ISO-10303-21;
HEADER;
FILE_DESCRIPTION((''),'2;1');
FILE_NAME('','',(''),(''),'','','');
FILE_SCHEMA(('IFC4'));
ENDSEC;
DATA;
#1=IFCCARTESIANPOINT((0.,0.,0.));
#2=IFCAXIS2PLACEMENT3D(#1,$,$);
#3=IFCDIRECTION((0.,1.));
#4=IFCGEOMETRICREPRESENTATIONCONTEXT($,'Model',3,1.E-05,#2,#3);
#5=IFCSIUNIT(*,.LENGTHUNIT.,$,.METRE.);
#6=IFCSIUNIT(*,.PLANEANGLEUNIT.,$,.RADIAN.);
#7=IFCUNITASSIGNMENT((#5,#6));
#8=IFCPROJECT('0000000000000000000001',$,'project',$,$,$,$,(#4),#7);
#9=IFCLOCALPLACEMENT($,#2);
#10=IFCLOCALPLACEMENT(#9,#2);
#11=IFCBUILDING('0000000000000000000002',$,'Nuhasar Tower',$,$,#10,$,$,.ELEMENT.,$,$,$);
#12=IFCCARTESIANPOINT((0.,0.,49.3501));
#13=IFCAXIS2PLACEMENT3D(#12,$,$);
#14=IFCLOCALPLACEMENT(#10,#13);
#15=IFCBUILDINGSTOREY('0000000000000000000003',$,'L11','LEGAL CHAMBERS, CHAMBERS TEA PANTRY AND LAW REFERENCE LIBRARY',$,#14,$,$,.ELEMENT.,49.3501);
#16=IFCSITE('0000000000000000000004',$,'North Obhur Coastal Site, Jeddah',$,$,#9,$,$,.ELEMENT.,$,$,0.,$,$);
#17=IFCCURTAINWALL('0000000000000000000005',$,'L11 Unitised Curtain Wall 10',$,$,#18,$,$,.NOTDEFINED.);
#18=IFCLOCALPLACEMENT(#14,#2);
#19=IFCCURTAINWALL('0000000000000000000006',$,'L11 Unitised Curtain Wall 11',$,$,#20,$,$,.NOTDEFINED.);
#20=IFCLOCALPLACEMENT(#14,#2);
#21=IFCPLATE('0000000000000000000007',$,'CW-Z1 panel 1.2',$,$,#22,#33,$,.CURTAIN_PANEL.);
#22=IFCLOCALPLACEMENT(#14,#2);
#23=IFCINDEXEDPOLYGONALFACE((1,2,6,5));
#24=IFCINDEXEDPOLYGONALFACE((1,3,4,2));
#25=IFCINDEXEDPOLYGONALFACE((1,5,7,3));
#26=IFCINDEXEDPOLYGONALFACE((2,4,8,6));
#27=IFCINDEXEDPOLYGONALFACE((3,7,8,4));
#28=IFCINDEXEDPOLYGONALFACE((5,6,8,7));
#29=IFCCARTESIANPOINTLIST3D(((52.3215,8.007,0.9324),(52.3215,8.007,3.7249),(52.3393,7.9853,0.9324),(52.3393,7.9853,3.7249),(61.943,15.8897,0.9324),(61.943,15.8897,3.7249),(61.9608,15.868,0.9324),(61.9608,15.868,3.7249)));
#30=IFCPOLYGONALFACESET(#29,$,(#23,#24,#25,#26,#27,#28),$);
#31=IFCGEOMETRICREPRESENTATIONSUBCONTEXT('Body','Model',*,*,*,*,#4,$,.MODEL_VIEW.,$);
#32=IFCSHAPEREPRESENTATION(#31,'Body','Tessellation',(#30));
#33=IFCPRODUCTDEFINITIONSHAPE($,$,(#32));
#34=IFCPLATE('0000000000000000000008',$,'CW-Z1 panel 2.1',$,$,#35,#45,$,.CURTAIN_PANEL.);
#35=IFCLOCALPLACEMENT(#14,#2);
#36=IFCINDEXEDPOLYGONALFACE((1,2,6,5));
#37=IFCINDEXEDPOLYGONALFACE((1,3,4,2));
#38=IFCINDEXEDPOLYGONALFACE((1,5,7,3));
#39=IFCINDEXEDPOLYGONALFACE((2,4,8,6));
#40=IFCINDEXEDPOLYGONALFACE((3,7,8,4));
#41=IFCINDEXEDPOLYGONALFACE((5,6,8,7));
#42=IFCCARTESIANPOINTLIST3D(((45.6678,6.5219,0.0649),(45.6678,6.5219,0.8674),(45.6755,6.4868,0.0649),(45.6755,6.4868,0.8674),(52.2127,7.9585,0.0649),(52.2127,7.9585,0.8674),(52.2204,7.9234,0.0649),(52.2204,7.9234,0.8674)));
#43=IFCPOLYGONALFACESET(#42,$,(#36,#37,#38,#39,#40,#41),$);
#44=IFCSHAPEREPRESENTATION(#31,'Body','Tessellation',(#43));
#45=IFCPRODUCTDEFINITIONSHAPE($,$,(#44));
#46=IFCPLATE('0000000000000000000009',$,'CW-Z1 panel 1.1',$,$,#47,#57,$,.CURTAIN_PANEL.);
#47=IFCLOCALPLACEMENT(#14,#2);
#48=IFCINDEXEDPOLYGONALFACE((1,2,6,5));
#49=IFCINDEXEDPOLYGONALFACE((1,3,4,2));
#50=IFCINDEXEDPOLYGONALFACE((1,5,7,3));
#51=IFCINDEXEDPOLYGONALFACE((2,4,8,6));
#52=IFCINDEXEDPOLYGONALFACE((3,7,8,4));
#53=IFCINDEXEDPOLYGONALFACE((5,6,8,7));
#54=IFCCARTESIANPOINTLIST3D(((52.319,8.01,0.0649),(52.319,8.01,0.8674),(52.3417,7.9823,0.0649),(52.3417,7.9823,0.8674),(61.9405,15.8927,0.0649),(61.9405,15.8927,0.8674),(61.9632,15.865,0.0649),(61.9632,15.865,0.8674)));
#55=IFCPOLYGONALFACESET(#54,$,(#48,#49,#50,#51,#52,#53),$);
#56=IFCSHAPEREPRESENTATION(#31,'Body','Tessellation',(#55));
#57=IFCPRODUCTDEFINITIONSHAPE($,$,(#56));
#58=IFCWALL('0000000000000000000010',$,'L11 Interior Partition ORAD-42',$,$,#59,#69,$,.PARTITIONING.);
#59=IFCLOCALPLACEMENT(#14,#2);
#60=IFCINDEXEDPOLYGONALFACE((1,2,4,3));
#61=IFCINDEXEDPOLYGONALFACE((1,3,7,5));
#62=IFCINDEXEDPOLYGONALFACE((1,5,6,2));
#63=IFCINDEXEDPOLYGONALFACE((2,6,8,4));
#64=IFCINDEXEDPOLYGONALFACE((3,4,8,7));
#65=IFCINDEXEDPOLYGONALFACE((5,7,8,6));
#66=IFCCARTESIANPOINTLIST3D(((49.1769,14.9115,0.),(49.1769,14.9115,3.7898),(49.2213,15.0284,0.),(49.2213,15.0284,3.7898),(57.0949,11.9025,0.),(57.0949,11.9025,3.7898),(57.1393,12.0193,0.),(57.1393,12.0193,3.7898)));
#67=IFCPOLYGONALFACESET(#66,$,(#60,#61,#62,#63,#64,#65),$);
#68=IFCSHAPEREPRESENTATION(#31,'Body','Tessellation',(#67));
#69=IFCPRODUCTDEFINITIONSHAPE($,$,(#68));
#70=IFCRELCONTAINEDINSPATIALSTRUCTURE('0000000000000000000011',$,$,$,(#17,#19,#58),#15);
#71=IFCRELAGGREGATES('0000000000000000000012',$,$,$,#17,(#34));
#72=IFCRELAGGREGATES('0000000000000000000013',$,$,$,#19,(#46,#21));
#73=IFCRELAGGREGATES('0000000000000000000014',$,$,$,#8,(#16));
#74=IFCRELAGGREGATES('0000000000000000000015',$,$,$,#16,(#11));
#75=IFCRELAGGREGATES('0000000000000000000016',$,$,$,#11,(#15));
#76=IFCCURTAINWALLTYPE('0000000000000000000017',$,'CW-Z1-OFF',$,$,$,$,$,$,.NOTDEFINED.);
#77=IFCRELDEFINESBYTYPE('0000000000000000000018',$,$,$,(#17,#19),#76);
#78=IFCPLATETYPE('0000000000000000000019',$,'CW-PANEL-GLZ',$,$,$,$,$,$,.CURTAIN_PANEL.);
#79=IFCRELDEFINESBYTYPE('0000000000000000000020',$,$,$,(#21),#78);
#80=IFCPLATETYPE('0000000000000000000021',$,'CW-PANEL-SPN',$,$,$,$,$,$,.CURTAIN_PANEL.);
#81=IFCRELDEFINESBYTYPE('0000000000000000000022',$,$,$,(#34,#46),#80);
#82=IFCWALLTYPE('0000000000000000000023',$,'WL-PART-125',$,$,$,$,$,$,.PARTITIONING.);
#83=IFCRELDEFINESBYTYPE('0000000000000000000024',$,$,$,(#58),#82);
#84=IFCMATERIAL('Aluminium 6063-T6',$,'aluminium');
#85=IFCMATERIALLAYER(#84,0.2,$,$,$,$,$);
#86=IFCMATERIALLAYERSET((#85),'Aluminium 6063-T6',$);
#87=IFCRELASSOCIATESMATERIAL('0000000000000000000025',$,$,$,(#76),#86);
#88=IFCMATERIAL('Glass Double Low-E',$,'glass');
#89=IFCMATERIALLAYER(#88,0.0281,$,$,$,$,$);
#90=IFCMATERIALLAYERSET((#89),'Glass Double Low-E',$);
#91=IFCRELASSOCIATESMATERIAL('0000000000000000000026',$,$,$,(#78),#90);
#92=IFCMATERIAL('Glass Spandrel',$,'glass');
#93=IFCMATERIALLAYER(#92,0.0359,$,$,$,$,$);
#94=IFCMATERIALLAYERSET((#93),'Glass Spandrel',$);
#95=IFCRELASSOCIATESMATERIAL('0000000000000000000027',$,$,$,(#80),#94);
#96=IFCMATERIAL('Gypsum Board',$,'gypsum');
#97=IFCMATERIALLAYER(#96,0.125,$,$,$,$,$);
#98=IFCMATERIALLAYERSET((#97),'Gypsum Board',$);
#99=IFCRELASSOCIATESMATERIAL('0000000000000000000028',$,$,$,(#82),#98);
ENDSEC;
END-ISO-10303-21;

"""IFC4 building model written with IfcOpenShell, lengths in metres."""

from ifc_helpers import new_model, si_unit, direction, frame, frame_2d, origin, origin_2d, place, context, subcontext, project, spatial, rectangle, extrude, material, layer, layer_set, type_object, element, aggregate, save


model = new_model("IFC4")

# Units and contexts
model_context = context("Model", 3, precision=1e-05, world=origin(), true_north=direction((0.0, 1.0)))
body_context = subcontext(model_context, "Body", "Model", "MODEL_VIEW")
ifc_project = project(units=[si_unit("LENGTHUNIT", "METRE"), si_unit("PLANEANGLEUNIT", "RADIAN")], contexts=[model_context])

# Site, building, storey
site_placement = place(None, origin())
site = spatial("IfcSite", under=ifc_project, at=site_placement, Name="North Obhur Coastal Site, Jeddah", CompositionType="ELEMENT", RefElevation=0.0)
building_placement = place(site_placement, origin())
building = spatial("IfcBuilding", under=site, at=building_placement, Name="Nuhasar Tower", CompositionType="ELEMENT")
storey_placement = place(building_placement, frame((0.0, 0.0, 49.3501)))
storey = spatial("IfcBuildingStorey", under=building, at=storey_placement, Name="L11", Description="LEGAL CHAMBERS, CHAMBERS TEA PANTRY AND LAW REFERENCE LIBRARY", CompositionType="ELEMENT", Elevation=49.3501)

# Curtain wall
ifc_material_1 = material(Name="Aluminium 6063-T6", Category="aluminium")
ifc_layer_1 = layer(ifc_material_1, 0.2)
ifc_layer_set_1 = layer_set([ifc_layer_1], Name="Aluminium 6063-T6")
curtain_wall_type = type_object("IfcCurtainWallType", Name="CW-Z1-OFF", PredefinedType="NOTDEFINED", material=ifc_layer_set_1)
curtain_wall_1_placement = place(storey_placement, origin())
curtain_wall_1 = element("IfcCurtainWall", 1, at=curtain_wall_1_placement, inside=storey, type_object=curtain_wall_type, Name="L11 Unitised Curtain Wall 10", PredefinedType="NOTDEFINED")

# Curtain wall
curtain_wall_2_placement = place(storey_placement, origin())
curtain_wall_2 = element("IfcCurtainWall", 2, at=curtain_wall_2_placement, inside=storey, type_object=curtain_wall_type, Name="L11 Unitised Curtain Wall 11", PredefinedType="NOTDEFINED")

# Plates
ifc_material_2 = material(Name="Glass Double Low-E", Category="glass")
ifc_layer_2 = layer(ifc_material_2, 0.0281)
ifc_layer_set_2 = layer_set([ifc_layer_2], Name="Glass Double Low-E")
plate_type_1 = type_object("IfcPlateType", Name="CW-PANEL-GLZ", PredefinedType="CURTAIN_PANEL", material=ifc_layer_set_2)
plate_1_placement = place(storey_placement, frame((57.1411, 11.9375, 0.9324), z_axis=(0.0, 0.0, 1.0), x_axis=(0.773542, 0.633745, 0.0)))
plate_1 = element("IfcPlate", 3, at=plate_1_placement, type_object=plate_type_1, Name="CW-Z1 panel 1.2", PredefinedType="CURTAIN_PANEL", context=body_context, shape_type="SweptSolid", body=[
    extrude(rectangle(XDim=12.4382, YDim=0.0281, at=origin_2d()), origin(), (0.0, 0.0, 1.0), 2.7925),
])
ifc_material_3 = material(Name="Glass Spandrel", Category="glass")
ifc_layer_3 = layer(ifc_material_3, 0.0359)
ifc_layer_set_3 = layer_set([ifc_layer_3], Name="Glass Spandrel")
plate_type_2 = type_object("IfcPlateType", Name="CW-PANEL-SPN", PredefinedType="CURTAIN_PANEL", material=ifc_layer_set_3)
plate_2_placement = place(storey_placement, frame((48.9441, 7.2227, 0.0649), z_axis=(0.0, 0.0, 1.0), x_axis=(0.976746, 0.214399, 0.0)))
plate_2 = element("IfcPlate", 4, at=plate_2_placement, type_object=plate_type_2, Name="CW-Z1 panel 2.1", PredefinedType="CURTAIN_PANEL", context=body_context, shape_type="SweptSolid", body=[
    extrude(rectangle(XDim=6.7007, YDim=0.0359, at=origin_2d()), origin(), (0.0, 0.0, 1.0), 0.8025),
])
aggregate(curtain_wall_1, [plate_2])
plate_3_placement = place(storey_placement, frame((57.1411, 11.9375, 0.0649), z_axis=(0.0, 0.0, 1.0), x_axis=(0.773542, 0.633745, 0.0)))
plate_3 = element("IfcPlate", 5, at=plate_3_placement, type_object=plate_type_2, Name="CW-Z1 panel 1.1", PredefinedType="CURTAIN_PANEL", context=body_context, shape_type="SweptSolid", body=[
    extrude(rectangle(XDim=12.4382, YDim=0.0359, at=origin_2d()), origin(), (0.0, 0.0, 1.0), 0.8025),
])
aggregate(curtain_wall_2, [plate_3, plate_1])

# Wall
ifc_material_4 = material(Name="Gypsum Board", Category="gypsum")
ifc_layer_4 = layer(ifc_material_4, 0.125)
ifc_layer_set_4 = layer_set([ifc_layer_4], Name="Gypsum Board")
wall_type = type_object("IfcWallType", Name="WL-PART-125", PredefinedType="PARTITIONING", material=ifc_layer_set_4)
wall_placement = place(storey_placement, frame((49.199, 14.97, 0.0), z_axis=(0.0, 0.0, 1.0), x_axis=(0.934776, -0.355239, 0.0)))
element("IfcWall", 6, at=wall_placement, inside=storey, type_object=wall_type, Name="L11 Interior Partition ORAD-42", PredefinedType="PARTITIONING", context=body_context, shape_type="SweptSolid", body=[
    extrude(rectangle(XDim=8.4705, YDim=0.125, at=frame_2d((4.2354, 0.0))), origin(), (0.0, 0.0, 1.0), 3.7898),
])

save(model, "model.ifc")
